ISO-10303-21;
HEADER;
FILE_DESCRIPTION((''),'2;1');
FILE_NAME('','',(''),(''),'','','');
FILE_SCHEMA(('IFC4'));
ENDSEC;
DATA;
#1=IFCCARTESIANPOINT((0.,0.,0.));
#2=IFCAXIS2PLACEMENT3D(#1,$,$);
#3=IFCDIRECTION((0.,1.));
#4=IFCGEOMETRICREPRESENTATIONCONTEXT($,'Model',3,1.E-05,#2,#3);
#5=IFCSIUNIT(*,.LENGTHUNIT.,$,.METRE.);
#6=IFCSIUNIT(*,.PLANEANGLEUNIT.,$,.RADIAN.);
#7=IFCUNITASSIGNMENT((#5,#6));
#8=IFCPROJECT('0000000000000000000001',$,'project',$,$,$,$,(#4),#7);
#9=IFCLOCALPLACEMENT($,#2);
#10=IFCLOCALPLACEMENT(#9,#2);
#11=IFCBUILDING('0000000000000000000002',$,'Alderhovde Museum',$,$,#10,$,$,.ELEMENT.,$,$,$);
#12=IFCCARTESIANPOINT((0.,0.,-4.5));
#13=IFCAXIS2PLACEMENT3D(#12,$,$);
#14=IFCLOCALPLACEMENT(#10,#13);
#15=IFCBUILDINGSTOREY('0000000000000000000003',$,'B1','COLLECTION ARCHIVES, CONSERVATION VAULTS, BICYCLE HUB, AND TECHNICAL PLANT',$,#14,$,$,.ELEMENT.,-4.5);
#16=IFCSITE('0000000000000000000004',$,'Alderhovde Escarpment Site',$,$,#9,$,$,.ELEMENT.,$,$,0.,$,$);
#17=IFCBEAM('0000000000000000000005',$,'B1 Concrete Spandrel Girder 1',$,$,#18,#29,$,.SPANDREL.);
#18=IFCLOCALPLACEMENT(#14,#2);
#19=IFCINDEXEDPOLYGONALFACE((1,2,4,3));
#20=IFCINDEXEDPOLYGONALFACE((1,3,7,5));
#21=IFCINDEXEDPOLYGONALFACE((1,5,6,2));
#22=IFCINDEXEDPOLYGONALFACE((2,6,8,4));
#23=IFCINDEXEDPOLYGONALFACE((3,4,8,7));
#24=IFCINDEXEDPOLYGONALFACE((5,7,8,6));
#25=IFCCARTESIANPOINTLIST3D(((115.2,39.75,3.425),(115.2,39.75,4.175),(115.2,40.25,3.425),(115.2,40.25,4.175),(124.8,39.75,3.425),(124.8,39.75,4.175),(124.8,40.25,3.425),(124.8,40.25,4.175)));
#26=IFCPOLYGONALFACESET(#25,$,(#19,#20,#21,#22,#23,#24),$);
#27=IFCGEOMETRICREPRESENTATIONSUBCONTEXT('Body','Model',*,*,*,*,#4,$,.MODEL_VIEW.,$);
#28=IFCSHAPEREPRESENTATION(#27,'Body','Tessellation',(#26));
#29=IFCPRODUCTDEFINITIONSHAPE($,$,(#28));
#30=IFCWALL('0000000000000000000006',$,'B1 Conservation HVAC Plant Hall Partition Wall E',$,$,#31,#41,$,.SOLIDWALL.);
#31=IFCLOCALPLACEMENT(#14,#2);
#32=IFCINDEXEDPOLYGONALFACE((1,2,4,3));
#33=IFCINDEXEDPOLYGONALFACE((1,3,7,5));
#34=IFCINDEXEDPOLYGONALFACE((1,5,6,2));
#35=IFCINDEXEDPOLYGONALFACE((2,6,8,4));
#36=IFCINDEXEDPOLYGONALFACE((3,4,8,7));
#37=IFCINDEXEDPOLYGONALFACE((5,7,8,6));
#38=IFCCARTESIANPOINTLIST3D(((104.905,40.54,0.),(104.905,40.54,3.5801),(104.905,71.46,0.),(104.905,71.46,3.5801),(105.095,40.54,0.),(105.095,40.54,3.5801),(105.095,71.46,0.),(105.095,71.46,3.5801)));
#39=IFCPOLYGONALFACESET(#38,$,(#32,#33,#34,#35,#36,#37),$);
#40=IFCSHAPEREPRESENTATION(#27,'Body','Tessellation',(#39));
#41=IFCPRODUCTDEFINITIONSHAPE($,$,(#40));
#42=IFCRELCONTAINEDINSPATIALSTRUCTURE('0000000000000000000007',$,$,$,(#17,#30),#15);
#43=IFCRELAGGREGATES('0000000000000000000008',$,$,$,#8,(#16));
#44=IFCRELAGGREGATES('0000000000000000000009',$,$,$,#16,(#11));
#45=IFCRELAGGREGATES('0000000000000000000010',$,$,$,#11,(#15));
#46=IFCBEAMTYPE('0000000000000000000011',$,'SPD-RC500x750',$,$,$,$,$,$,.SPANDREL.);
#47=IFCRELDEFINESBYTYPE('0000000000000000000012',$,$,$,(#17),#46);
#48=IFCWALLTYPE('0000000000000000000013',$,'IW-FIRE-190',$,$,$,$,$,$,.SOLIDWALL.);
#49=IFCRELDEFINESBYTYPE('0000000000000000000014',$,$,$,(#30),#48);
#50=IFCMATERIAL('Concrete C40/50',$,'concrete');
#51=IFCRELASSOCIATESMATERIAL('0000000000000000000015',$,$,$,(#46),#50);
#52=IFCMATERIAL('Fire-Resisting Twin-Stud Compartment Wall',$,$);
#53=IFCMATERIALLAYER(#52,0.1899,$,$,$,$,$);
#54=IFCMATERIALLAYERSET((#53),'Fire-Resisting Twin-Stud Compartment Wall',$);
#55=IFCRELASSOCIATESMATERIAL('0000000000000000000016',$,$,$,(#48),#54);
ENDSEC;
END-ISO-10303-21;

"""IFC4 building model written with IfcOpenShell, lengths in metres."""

from ifc_helpers import new_model, si_unit, direction, frame, frame_2d, origin, origin_2d, place, context, subcontext, project, spatial, rectangle, extrude, material, layer, layer_set, material_profile, profile_set, type_object, element, save


model = new_model("IFC4")

# Units and contexts
model_context = context("Model", 3, precision=1e-05, world=origin(), true_north=direction((0.0, 1.0)))
body_context = subcontext(model_context, "Body", "Model", "MODEL_VIEW")
ifc_project = project(units=[si_unit("LENGTHUNIT", "METRE"), si_unit("PLANEANGLEUNIT", "RADIAN")], contexts=[model_context])

# Site, building, storey
site_placement = place(None, origin())
site = spatial("IfcSite", under=ifc_project, at=site_placement, Name="Alderhovde Escarpment Site", CompositionType="ELEMENT", RefElevation=0.0)
building_placement = place(site_placement, origin())
building = spatial("IfcBuilding", under=site, at=building_placement, Name="Alderhovde Museum", CompositionType="ELEMENT")
storey_placement = place(building_placement, frame((0.0, 0.0, -4.5)))
storey = spatial("IfcBuildingStorey", under=building, at=storey_placement, Name="B1", Description="COLLECTION ARCHIVES, CONSERVATION VAULTS, BICYCLE HUB, AND TECHNICAL PLANT", CompositionType="ELEMENT", Elevation=-4.5)

# Beam
ifc_material_1 = material(Name="Concrete C40/50", Category="concrete")
ifc_material_profile_1 = material_profile(ifc_material_1, rectangle(XDim=0.5, YDim=0.75, at=origin_2d()), Name="RC 500x750")
ifc_profile_set_1 = profile_set([ifc_material_profile_1], Name="Concrete C40/50")
beam_type = type_object("IfcBeamType", Name="SPD-RC500x750", PredefinedType="SPANDREL", material=ifc_profile_set_1)
beam_placement = place(storey_placement, frame((115.2, 40.0, 3.8), z_axis=(1.0, 0.0, 0.0), x_axis=(0.0, 1.0, 0.0)))
element("IfcBeam", 1, at=beam_placement, inside=storey, type_object=beam_type, Name="B1 Concrete Spandrel Girder 1", PredefinedType="SPANDREL", context=body_context, shape_type="SweptSolid", body=[
    extrude(rectangle(XDim=0.5, YDim=0.75, at=origin_2d()), origin(), (0.0, 0.0, 1.0), 9.6001),
])

# Wall
ifc_material_2 = material(Name="Fire-Resisting Twin-Stud Compartment Wall")
ifc_layer = layer(ifc_material_2, 0.1899)
ifc_layer_set = layer_set([ifc_layer], Name="Fire-Resisting Twin-Stud Compartment Wall")
wall_type = type_object("IfcWallType", Name="IW-FIRE-190", PredefinedType="SOLIDWALL", material=ifc_layer_set)
wall_placement = place(storey_placement, frame((105.0, 40.54, 0.0), z_axis=(0.0, 0.0, 1.0), x_axis=(0.0, 1.0, 0.0)))
element("IfcWall", 2, at=wall_placement, inside=storey, type_object=wall_type, Name="B1 Conservation HVAC Plant Hall Partition Wall E", PredefinedType="SOLIDWALL", context=body_context, shape_type="SweptSolid", body=[
    extrude(rectangle(XDim=30.9199, YDim=0.1899, at=frame_2d((15.46, 0.0))), origin(), (0.0, 0.0, 1.0), 3.5801),
])

save(model, "model.ifc")
